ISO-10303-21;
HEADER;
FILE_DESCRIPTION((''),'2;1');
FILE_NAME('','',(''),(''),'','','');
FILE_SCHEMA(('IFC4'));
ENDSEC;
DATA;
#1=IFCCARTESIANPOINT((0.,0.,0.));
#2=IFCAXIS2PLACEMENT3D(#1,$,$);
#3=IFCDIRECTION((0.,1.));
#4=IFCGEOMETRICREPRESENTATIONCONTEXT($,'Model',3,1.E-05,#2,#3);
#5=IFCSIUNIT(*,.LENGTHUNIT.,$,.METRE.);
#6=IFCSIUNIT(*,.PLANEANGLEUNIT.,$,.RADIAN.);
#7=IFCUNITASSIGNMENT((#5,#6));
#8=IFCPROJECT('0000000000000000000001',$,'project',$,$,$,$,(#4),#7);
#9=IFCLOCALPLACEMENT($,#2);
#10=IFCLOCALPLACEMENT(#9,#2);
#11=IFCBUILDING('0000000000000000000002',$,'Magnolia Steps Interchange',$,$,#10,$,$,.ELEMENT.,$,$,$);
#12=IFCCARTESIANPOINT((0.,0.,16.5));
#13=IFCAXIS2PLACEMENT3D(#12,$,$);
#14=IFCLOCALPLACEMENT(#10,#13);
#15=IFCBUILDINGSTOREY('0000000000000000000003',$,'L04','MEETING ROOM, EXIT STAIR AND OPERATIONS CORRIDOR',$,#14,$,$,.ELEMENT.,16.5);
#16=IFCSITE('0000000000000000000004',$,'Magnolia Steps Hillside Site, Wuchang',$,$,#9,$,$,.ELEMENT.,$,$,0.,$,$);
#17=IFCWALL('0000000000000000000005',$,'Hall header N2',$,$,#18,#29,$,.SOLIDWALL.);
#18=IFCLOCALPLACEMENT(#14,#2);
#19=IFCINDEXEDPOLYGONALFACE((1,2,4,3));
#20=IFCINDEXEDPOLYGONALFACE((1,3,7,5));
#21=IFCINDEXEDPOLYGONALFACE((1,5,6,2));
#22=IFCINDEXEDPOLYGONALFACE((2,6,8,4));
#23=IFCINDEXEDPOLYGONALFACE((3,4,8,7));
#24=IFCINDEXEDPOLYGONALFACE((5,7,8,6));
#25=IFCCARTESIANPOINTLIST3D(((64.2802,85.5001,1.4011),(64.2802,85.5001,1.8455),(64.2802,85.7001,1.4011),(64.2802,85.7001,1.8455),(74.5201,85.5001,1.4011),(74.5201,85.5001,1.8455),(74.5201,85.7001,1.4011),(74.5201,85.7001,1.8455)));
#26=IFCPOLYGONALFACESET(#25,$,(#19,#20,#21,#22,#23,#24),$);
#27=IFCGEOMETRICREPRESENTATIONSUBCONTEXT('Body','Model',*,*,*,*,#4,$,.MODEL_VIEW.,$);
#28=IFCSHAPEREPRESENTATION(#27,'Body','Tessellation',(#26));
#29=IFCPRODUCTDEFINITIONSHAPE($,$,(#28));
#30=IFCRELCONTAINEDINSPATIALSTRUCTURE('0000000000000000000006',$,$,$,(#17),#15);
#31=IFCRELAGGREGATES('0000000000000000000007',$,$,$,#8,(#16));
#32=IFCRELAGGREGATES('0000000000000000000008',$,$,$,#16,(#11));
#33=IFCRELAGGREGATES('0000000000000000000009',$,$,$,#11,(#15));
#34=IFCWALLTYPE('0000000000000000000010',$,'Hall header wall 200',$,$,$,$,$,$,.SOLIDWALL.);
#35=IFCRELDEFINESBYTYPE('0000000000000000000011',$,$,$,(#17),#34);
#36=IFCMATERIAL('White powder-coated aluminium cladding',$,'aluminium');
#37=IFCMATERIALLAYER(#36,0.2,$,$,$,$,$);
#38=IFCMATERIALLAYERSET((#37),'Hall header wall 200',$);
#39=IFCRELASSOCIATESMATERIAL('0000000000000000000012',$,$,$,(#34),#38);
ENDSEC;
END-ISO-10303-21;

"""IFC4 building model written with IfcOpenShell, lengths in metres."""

from ifc_helpers import new_model, si_unit, direction, frame, frame_2d, origin, place, context, subcontext, project, spatial, rectangle, extrude, material, layer, layer_set, type_object, element, save


model = new_model("IFC4")

# Units and contexts
model_context = context("Model", 3, precision=1e-05, world=origin(), true_north=direction((0.0, 1.0)))
body_context = subcontext(model_context, "Body", "Model", "MODEL_VIEW")
ifc_project = project(units=[si_unit("LENGTHUNIT", "METRE"), si_unit("PLANEANGLEUNIT", "RADIAN")], contexts=[model_context])

# Site, building, storey
site_placement = place(None, origin())
site = spatial("IfcSite", under=ifc_project, at=site_placement, Name="Magnolia Steps Hillside Site, Wuchang", CompositionType="ELEMENT", RefElevation=0.0)
building_placement = place(site_placement, origin())
building = spatial("IfcBuilding", under=site, at=building_placement, Name="Magnolia Steps Interchange", CompositionType="ELEMENT")
storey_placement = place(building_placement, frame((0.0, 0.0, 16.5)))
storey = spatial("IfcBuildingStorey", under=building, at=storey_placement, Name="L04", Description="MEETING ROOM, EXIT STAIR AND OPERATIONS CORRIDOR", CompositionType="ELEMENT", Elevation=16.5)

# Wall
ifc_material_1 = material(Name="White powder-coated aluminium cladding", Category="aluminium")
ifc_layer_1 = layer(ifc_material_1, 0.2)
ifc_layer_set_1 = layer_set([ifc_layer_1], Name="Hall header wall 200")
wall_type = type_object("IfcWallType", Name="Hall header wall 200", PredefinedType="SOLIDWALL", material=ifc_layer_set_1)
wall_placement = place(storey_placement, frame((64.28, 85.6001, 1.4011), z_axis=(0.0, 0.0, 1.0), x_axis=(1.0, 0.0, 0.0)))
element("IfcWall", 1, at=wall_placement, inside=storey, type_object=wall_type, Name="Hall header N2", PredefinedType="SOLIDWALL", context=body_context, shape_type="SweptSolid", body=[
    extrude(rectangle(XDim=10.24, YDim=0.2, at=frame_2d((5.1201, 0.0))), origin(), (0.0, 0.0, 1.0), 0.4443),
])

save(model, "model.ifc")
